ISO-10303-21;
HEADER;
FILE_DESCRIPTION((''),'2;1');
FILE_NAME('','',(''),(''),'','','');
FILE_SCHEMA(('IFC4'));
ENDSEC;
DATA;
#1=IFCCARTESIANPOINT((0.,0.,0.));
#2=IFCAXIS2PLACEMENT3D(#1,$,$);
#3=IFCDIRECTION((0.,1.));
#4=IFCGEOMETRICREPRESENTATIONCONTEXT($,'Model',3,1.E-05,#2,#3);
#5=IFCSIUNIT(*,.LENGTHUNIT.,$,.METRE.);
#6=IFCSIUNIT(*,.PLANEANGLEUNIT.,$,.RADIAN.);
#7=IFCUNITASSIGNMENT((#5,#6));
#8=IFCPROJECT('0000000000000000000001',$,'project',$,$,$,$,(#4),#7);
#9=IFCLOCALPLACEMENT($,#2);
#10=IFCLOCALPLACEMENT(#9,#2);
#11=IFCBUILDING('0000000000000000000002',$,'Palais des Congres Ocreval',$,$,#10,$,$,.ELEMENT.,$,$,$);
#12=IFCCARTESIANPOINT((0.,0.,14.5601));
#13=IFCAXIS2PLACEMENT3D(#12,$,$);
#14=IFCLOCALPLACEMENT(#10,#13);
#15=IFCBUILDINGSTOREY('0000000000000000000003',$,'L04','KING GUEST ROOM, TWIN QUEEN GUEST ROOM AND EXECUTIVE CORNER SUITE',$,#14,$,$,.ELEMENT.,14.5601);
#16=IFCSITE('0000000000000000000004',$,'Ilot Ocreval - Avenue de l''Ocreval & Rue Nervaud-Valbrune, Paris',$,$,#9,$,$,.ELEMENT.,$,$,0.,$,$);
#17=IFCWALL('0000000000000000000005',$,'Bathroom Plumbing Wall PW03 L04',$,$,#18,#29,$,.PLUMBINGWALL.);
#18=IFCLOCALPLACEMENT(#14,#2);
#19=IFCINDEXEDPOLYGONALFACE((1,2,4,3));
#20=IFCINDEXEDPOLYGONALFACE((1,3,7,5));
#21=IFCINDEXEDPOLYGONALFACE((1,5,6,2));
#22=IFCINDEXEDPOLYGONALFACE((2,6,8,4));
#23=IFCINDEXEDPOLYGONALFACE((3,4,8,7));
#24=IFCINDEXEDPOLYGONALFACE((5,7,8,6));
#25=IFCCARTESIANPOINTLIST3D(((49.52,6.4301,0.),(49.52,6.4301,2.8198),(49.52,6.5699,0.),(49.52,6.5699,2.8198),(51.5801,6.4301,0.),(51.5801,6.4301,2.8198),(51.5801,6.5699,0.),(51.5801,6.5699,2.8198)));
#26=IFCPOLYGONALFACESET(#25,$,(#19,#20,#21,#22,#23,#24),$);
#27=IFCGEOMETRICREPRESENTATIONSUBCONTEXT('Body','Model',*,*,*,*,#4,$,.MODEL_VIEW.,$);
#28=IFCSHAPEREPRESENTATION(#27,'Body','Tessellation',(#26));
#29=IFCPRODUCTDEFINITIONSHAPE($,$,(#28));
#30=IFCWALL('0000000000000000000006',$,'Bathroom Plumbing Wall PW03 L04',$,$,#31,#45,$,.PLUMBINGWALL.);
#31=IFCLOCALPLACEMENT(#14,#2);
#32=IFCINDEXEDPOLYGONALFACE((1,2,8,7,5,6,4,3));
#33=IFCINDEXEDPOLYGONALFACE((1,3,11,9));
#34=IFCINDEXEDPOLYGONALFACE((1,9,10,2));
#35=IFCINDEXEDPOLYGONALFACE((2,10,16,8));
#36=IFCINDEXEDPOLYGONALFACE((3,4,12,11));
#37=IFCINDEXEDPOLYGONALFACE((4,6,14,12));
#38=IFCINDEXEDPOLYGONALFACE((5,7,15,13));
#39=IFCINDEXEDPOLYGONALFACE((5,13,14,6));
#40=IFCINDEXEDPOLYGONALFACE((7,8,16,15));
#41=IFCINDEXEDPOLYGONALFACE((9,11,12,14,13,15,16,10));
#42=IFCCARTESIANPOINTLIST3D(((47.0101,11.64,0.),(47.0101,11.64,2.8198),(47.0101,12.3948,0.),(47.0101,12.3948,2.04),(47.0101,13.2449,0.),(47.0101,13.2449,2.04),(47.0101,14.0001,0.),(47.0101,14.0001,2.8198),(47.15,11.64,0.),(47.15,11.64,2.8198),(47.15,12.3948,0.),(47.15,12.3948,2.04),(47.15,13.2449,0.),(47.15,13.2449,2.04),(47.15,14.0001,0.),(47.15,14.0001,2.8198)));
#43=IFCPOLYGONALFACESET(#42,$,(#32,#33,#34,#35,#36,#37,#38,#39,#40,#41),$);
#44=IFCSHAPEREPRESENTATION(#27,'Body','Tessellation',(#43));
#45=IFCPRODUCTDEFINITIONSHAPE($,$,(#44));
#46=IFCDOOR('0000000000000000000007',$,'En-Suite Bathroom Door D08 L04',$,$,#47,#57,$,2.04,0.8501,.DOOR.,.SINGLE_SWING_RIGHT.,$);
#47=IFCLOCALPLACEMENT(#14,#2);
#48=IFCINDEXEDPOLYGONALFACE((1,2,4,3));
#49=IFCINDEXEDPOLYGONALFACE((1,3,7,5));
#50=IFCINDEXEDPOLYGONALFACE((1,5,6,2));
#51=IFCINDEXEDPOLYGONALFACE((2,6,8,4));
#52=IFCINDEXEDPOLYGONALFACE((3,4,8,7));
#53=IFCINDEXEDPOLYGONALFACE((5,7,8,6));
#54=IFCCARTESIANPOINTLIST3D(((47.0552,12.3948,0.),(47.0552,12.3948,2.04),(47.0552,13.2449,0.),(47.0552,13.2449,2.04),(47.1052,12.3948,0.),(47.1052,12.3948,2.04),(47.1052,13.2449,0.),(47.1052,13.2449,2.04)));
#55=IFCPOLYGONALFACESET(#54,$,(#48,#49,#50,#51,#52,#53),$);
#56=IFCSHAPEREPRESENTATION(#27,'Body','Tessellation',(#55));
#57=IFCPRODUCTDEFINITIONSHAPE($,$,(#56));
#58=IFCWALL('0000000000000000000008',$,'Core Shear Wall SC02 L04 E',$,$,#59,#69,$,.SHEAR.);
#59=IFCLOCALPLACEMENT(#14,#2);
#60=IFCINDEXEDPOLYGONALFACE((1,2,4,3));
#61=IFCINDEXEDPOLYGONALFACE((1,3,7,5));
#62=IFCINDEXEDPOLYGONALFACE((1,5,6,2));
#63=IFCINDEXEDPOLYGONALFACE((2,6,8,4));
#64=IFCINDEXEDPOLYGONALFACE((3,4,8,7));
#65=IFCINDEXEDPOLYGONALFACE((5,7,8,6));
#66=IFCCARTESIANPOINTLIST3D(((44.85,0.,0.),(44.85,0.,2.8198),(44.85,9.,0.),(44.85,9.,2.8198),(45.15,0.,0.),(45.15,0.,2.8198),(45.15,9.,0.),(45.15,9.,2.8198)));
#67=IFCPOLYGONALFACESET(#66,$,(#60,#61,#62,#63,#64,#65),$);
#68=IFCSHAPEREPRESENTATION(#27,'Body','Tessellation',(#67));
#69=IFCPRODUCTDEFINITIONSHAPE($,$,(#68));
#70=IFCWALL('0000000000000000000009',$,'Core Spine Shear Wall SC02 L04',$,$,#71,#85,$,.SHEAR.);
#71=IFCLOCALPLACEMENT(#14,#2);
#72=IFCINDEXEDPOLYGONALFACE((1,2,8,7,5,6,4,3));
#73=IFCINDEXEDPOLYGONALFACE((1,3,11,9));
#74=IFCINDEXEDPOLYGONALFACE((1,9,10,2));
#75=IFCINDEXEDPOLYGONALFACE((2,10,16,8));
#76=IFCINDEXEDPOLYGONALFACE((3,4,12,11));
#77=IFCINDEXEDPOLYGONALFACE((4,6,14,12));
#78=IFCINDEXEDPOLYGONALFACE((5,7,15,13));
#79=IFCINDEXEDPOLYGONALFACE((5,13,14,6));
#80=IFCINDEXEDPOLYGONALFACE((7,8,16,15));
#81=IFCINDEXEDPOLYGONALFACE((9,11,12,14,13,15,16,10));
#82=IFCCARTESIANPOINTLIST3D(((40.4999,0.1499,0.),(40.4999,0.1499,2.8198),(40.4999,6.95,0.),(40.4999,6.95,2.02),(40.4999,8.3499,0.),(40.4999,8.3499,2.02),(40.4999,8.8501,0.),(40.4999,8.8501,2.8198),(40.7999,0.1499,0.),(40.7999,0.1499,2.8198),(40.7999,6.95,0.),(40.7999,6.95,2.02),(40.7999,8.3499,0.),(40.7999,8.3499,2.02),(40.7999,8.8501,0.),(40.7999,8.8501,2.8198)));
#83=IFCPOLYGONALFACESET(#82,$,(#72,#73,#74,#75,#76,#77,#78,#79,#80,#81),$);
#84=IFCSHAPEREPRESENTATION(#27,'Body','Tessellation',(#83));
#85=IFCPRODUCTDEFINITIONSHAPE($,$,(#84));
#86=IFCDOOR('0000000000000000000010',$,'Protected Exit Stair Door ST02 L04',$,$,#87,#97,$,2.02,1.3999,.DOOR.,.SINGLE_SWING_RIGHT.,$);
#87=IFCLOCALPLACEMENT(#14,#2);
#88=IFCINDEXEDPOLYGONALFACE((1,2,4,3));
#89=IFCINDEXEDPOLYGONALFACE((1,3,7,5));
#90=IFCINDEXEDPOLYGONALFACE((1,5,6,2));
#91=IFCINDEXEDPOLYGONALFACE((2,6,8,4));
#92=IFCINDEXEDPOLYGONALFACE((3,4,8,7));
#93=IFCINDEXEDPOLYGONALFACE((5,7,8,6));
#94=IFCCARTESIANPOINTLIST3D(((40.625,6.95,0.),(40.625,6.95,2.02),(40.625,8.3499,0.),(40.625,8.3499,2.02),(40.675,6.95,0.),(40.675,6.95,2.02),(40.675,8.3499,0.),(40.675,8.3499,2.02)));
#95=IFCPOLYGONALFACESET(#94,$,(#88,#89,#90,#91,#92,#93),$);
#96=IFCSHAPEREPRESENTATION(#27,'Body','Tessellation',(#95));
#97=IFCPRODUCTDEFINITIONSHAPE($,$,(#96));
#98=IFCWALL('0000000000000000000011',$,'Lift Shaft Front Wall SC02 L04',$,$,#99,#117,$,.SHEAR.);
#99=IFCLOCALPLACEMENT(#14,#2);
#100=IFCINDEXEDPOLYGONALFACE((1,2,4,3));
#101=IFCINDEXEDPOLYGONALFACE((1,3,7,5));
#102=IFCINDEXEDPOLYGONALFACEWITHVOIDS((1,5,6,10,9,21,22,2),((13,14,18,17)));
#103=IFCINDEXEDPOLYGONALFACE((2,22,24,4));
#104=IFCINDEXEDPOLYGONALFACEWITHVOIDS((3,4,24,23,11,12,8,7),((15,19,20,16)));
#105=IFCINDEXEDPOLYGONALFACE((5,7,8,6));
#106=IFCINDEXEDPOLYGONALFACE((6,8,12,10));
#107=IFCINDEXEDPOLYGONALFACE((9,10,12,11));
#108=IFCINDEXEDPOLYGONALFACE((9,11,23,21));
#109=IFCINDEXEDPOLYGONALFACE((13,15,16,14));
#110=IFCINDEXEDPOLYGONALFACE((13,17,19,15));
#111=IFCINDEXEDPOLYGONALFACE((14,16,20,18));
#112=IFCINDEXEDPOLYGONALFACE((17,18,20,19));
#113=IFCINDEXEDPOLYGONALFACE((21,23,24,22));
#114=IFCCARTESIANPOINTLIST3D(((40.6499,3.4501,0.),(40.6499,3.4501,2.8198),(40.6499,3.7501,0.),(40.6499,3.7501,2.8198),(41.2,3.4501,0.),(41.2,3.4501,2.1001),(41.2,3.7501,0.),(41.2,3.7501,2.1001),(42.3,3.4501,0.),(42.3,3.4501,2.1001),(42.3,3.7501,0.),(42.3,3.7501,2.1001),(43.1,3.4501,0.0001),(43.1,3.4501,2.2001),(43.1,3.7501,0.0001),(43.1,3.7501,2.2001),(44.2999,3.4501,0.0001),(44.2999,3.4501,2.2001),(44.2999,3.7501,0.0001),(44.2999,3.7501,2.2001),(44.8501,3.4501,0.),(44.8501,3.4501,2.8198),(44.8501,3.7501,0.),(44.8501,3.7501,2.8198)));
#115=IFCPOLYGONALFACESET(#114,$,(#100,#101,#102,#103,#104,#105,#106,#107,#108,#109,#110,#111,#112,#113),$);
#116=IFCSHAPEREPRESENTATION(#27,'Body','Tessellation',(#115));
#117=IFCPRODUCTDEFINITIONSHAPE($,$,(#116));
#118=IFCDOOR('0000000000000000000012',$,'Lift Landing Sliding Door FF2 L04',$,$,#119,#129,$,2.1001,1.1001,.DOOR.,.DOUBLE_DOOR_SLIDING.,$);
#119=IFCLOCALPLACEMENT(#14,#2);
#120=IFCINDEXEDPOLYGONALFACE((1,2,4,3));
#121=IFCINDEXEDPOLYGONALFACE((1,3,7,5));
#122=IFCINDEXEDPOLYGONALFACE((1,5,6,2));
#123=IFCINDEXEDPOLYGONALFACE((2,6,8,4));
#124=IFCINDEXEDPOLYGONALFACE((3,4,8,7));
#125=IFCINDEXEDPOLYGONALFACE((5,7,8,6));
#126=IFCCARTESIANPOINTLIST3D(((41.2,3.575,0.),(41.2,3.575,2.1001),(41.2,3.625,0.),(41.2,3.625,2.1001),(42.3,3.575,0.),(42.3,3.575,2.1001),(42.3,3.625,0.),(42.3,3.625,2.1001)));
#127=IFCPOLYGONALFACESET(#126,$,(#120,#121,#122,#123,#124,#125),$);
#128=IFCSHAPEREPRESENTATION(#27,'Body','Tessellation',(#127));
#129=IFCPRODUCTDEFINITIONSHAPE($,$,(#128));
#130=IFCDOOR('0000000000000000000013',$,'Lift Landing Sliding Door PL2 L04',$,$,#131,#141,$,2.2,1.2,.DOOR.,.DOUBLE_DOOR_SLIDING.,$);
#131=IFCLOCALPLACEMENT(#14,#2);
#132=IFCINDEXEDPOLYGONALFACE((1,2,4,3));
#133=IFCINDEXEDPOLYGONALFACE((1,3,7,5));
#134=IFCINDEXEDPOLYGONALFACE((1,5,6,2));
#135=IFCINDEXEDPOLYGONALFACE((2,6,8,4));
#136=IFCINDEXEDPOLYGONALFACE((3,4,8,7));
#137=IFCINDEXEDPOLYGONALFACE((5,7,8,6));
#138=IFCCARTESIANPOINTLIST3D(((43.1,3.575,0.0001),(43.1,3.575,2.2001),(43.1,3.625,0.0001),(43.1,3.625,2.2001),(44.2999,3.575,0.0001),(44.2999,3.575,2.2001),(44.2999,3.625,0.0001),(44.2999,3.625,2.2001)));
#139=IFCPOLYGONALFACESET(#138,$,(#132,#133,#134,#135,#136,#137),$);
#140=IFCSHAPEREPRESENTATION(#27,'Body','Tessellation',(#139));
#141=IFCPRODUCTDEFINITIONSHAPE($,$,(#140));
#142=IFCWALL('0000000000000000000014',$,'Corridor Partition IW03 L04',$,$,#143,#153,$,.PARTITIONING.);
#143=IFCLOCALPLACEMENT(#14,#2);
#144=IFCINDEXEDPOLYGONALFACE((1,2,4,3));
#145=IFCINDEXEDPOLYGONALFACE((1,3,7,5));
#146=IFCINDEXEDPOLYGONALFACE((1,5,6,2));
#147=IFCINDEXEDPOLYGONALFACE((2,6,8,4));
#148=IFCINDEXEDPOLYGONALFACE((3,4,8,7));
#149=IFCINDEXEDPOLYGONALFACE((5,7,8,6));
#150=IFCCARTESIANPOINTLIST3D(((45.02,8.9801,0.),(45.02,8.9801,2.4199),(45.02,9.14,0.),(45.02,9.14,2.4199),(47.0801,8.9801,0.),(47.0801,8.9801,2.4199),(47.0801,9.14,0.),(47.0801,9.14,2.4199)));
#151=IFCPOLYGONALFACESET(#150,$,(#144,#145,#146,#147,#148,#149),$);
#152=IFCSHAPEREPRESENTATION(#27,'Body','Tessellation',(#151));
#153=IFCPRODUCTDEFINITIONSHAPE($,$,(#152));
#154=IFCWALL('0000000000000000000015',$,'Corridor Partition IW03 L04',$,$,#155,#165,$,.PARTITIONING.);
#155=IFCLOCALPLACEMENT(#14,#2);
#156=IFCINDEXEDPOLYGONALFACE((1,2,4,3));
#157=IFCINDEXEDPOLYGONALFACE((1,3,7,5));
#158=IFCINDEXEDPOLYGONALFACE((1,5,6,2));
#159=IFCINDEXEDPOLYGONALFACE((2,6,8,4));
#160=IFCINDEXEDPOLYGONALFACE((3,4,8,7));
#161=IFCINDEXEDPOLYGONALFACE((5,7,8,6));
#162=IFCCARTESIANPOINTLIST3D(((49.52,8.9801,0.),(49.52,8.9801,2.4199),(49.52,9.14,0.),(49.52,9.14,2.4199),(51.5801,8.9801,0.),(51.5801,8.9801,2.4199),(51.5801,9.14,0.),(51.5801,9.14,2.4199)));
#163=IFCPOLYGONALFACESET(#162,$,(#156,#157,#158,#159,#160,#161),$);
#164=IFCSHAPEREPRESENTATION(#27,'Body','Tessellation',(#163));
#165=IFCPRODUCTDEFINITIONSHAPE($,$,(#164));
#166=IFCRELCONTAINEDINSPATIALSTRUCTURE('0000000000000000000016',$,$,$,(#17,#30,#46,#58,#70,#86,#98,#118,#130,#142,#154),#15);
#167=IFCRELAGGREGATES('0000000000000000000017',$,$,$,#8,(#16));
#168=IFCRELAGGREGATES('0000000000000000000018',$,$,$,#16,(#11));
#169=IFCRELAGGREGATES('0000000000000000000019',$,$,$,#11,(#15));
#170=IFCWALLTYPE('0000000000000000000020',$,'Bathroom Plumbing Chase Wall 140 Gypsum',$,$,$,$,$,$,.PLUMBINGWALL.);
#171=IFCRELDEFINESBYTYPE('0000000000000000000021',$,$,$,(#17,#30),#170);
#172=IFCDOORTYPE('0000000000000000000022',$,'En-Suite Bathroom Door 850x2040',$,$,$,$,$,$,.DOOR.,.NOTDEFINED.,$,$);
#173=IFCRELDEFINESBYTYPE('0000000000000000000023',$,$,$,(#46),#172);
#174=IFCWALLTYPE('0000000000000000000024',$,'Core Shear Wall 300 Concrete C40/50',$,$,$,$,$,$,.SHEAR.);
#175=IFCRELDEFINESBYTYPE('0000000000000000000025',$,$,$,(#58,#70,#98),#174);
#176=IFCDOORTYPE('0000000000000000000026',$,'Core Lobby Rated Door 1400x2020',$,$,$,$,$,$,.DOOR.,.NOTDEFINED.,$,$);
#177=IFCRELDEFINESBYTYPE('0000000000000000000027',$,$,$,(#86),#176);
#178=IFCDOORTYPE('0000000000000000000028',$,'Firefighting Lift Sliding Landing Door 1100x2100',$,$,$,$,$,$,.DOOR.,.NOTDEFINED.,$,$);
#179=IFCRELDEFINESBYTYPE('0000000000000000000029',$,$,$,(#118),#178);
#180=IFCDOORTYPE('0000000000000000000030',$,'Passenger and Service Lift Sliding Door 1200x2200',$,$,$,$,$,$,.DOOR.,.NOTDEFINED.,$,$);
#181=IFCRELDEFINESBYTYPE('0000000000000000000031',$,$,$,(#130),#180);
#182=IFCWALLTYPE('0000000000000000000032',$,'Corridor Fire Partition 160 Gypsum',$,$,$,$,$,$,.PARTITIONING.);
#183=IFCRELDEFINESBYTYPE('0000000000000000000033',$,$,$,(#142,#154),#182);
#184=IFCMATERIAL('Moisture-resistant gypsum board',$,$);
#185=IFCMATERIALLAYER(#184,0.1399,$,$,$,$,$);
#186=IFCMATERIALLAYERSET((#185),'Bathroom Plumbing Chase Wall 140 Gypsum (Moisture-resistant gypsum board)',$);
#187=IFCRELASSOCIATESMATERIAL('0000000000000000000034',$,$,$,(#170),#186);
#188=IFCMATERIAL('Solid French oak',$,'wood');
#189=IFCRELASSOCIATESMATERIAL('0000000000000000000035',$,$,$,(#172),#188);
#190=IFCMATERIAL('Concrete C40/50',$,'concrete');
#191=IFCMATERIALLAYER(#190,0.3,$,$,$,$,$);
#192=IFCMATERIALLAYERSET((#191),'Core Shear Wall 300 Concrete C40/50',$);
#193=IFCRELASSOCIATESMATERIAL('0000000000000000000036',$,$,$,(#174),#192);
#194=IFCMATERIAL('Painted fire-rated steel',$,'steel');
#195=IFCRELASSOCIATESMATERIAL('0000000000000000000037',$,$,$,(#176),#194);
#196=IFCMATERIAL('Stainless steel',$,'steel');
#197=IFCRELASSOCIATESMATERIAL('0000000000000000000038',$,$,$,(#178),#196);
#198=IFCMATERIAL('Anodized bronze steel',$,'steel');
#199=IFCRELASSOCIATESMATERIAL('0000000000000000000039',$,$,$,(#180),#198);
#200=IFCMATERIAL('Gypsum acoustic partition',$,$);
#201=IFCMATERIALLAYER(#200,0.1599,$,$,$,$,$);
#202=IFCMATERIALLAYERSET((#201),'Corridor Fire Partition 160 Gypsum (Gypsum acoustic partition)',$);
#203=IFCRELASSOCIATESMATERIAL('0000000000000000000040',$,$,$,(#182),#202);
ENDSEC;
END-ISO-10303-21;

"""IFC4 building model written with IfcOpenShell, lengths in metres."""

from ifc_helpers import new_model, si_unit, direction, frame, frame_2d, origin, place, context, subcontext, project, spatial, rectangle, extrude, material, layer, layer_set, type_object, element, fill, save


model = new_model("IFC4")

# Units and contexts
model_context = context("Model", 3, precision=1e-05, world=origin(), true_north=direction((0.0, 1.0)))
body_context = subcontext(model_context, "Body", "Model", "MODEL_VIEW")
ifc_project = project(units=[si_unit("LENGTHUNIT", "METRE"), si_unit("PLANEANGLEUNIT", "RADIAN")], contexts=[model_context])

# Site, building, storey
site_placement = place(None, origin())
site = spatial("IfcSite", under=ifc_project, at=site_placement, Name="Ilot Ocreval - Avenue de l'Ocreval & Rue Nervaud-Valbrune, Paris", CompositionType="ELEMENT", RefElevation=0.0)
building_placement = place(site_placement, origin())
building = spatial("IfcBuilding", under=site, at=building_placement, Name="Palais des Congres Ocreval", CompositionType="ELEMENT")
storey_placement = place(building_placement, frame((0.0, 0.0, 14.5601)))
storey = spatial("IfcBuildingStorey", under=building, at=storey_placement, Name="L04", Description="KING GUEST ROOM, TWIN QUEEN GUEST ROOM AND EXECUTIVE CORNER SUITE", CompositionType="ELEMENT", Elevation=14.5601)

# Shared definitions
ifc_material_1 = material(Name="Concrete C40/50", Category="concrete")

# Shared definitions
ifc_material_2 = material(Name="Moisture-resistant gypsum board")
ifc_layer_1 = layer(ifc_material_2, 0.1399)
ifc_layer_set_1 = layer_set([ifc_layer_1], Name="Bathroom Plumbing Chase Wall 140 Gypsum (Moisture-resistant gypsum board)")
wall_type_1 = type_object("IfcWallType", Name="Bathroom Plumbing Chase Wall 140 Gypsum", PredefinedType="PLUMBINGWALL", material=ifc_layer_set_1)
ifc_material_3 = material(Name="Solid French oak", Category="wood")
door_type_1 = type_object("IfcDoorType", Name="En-Suite Bathroom Door 850x2040", OperationType="NOTDEFINED", PredefinedType="DOOR", material=ifc_material_3)

# Wall
for number, where, z_axis, x_axis, name in (
    (1, (49.52, 6.5, 0.0), (0.0, 0.0, 1.0), (1.0, 0.0, 0.0), "Bathroom Plumbing Wall PW03 L04"),
):
    element("IfcWall", number, at=place(storey_placement, frame(where, z_axis=z_axis, x_axis=x_axis)), inside=storey, type_object=wall_type_1, Name=name, PredefinedType="PLUMBINGWALL", context=body_context, shape_type="SweptSolid", body=[
        extrude(rectangle(XDim=2.0601, YDim=0.1399, at=frame_2d((1.03, 0.0))), origin(), (0.0, 0.0, 1.0), 2.8198),
    ])

# Wall, opening, door
wall_1_placement = place(storey_placement, frame((47.0801, 11.6399, 0.0), z_axis=(0.0, 0.0, 1.0), x_axis=(0.0, 1.0, 0.0)))
wall_1 = element("IfcWall", 2, at=wall_1_placement, inside=storey, type_object=wall_type_1, Name="Bathroom Plumbing Wall PW03 L04", PredefinedType="PLUMBINGWALL", context=body_context, shape_type="SweptSolid", body=[
    extrude(rectangle(XDim=2.3601, YDim=0.1399, at=frame_2d((1.1802, 0.0))), origin(), (0.0, 0.0, 1.0), 2.8198),
])
opening_1_placement = place(wall_1_placement, frame((0.7549, 0.0, 0.0)))
opening_1 = element("IfcOpeningElement", 3, at=opening_1_placement, cuts=wall_1, PredefinedType="OPENING", context=body_context, shape_type="SweptSolid", body=[
    extrude(rectangle(XDim=0.8501, YDim=2.04, at=frame_2d((0.425, 1.02))), frame((0.0, 0.0798, 0.0), z_axis=(0.0, -1.0, 0.0), x_axis=(1.0, 0.0, 0.0)), (0.0, 0.0, 1.0), 0.1599),
])
door_1_placement = place(opening_1_placement, origin())
door_1 = element("IfcDoor", 4, at=door_1_placement, inside=storey, type_object=door_type_1, Name="En-Suite Bathroom Door D08 L04", OperationType="SINGLE_SWING_RIGHT", OverallHeight=2.04, OverallWidth=0.8501, PredefinedType="DOOR", context=body_context, shape_type="SweptSolid", body=[
    extrude(rectangle(XDim=0.8501, YDim=2.04, at=frame_2d((0.425, 1.02))), frame((0.0, 0.0249, 0.0), z_axis=(0.0, -1.0, 0.0), x_axis=(1.0, 0.0, 0.0)), (0.0, 0.0, 1.0), 0.05),
])
fill(opening_1, door_1)

# Wall
ifc_layer_2 = layer(ifc_material_1, 0.3)
ifc_layer_set_2 = layer_set([ifc_layer_2], Name="Core Shear Wall 300 Concrete C40/50")
wall_type_2 = type_object("IfcWallType", Name="Core Shear Wall 300 Concrete C40/50", PredefinedType="SHEAR", material=ifc_layer_set_2)
wall_2_placement = place(storey_placement, frame((45.0, 0.0, 0.0), z_axis=(0.0, 0.0, 1.0), x_axis=(0.0, 1.0, 0.0)))
element("IfcWall", 5, at=wall_2_placement, inside=storey, type_object=wall_type_2, Name="Core Shear Wall SC02 L04 E", PredefinedType="SHEAR", context=body_context, shape_type="SweptSolid", body=[
    extrude(rectangle(XDim=9.0, YDim=0.3, at=frame_2d((4.5, 0.0))), origin(), (0.0, 0.0, 1.0), 2.8198),
])

# Wall, opening, door
wall_3_placement = place(storey_placement, frame((40.6499, 0.1499, 0.0), z_axis=(0.0, 0.0, 1.0), x_axis=(0.0, 1.0, 0.0)))
wall_3 = element("IfcWall", 6, at=wall_3_placement, inside=storey, type_object=wall_type_2, Name="Core Spine Shear Wall SC02 L04", PredefinedType="SHEAR", context=body_context, shape_type="SweptSolid", body=[
    extrude(rectangle(XDim=8.7002, YDim=0.3, at=frame_2d((4.3501, 0.0))), origin(), (0.0, 0.0, 1.0), 2.8198),
])
opening_2_placement = place(wall_3_placement, frame((6.8, 0.0, 0.0)))
opening_2 = element("IfcOpeningElement", 7, at=opening_2_placement, cuts=wall_3, PredefinedType="OPENING", context=body_context, shape_type="SweptSolid", body=[
    extrude(rectangle(XDim=1.3999, YDim=2.02, at=frame_2d((0.7, 1.01))), frame((0.0, 0.1599, 0.0), z_axis=(0.0, -1.0, 0.0), x_axis=(1.0, 0.0, 0.0)), (0.0, 0.0, 1.0), 0.3201),
])
ifc_material_4 = material(Name="Painted fire-rated steel", Category="steel")
door_type_2 = type_object("IfcDoorType", Name="Core Lobby Rated Door 1400x2020", OperationType="NOTDEFINED", PredefinedType="DOOR", material=ifc_material_4)
door_2_placement = place(opening_2_placement, origin())
door_2 = element("IfcDoor", 8, at=door_2_placement, inside=storey, type_object=door_type_2, Name="Protected Exit Stair Door ST02 L04", OperationType="SINGLE_SWING_RIGHT", OverallHeight=2.02, OverallWidth=1.3999, PredefinedType="DOOR", context=body_context, shape_type="SweptSolid", body=[
    extrude(rectangle(XDim=1.3999, YDim=2.02, at=frame_2d((0.7, 1.01))), frame((0.0, 0.0249, 0.0), z_axis=(0.0, -1.0, 0.0), x_axis=(1.0, 0.0, 0.0)), (0.0, 0.0, 1.0), 0.05),
])
fill(opening_2, door_2)

# Wall, openings, doors
wall_4_placement = place(storey_placement, frame((40.6499, 3.6001, 0.0), z_axis=(0.0, 0.0, 1.0), x_axis=(1.0, 0.0, 0.0)))
wall_4 = element("IfcWall", 9, at=wall_4_placement, inside=storey, type_object=wall_type_2, Name="Lift Shaft Front Wall SC02 L04", PredefinedType="SHEAR", context=body_context, shape_type="SweptSolid", body=[
    extrude(rectangle(XDim=4.2002, YDim=0.3, at=frame_2d((2.1001, 0.0))), origin(), (0.0, 0.0, 1.0), 2.8198),
])
opening_3_placement = place(wall_4_placement, frame((0.55, 0.0, 0.0)))
opening_3 = element("IfcOpeningElement", 10, at=opening_3_placement, cuts=wall_4, PredefinedType="OPENING", context=body_context, shape_type="SweptSolid", body=[
    extrude(rectangle(XDim=1.1001, YDim=2.1001, at=frame_2d((0.55, 1.05))), frame((0.0, 0.1599, 0.0), z_axis=(0.0, -1.0, 0.0), x_axis=(1.0, 0.0, 0.0)), (0.0, 0.0, 1.0), 0.3201),
])
opening_4_placement = place(wall_4_placement, frame((2.45, 0.0, 0.0)))
opening_4 = element("IfcOpeningElement", 11, at=opening_4_placement, cuts=wall_4, PredefinedType="OPENING", context=body_context, shape_type="SweptSolid", body=[
    extrude(rectangle(XDim=1.2, YDim=2.2, at=frame_2d((0.6001, 1.1001))), frame((0.0, 0.1599, 0.0), z_axis=(0.0, -1.0, 0.0), x_axis=(1.0, 0.0, 0.0)), (0.0, 0.0, 1.0), 0.3201),
])
ifc_material_5 = material(Name="Stainless steel", Category="steel")
door_type_3 = type_object("IfcDoorType", Name="Firefighting Lift Sliding Landing Door 1100x2100", OperationType="NOTDEFINED", PredefinedType="DOOR", material=ifc_material_5)
door_3_placement = place(opening_3_placement, origin())
door_3 = element("IfcDoor", 12, at=door_3_placement, inside=storey, type_object=door_type_3, Name="Lift Landing Sliding Door FF2 L04", OperationType="DOUBLE_DOOR_SLIDING", OverallHeight=2.1001, OverallWidth=1.1001, PredefinedType="DOOR", context=body_context, shape_type="SweptSolid", body=[
    extrude(rectangle(XDim=1.1001, YDim=2.1001, at=frame_2d((0.55, 1.05))), frame((0.0, 0.0249, 0.0), z_axis=(0.0, -1.0, 0.0), x_axis=(1.0, 0.0, 0.0)), (0.0, 0.0, 1.0), 0.05),
])
fill(opening_3, door_3)
ifc_material_6 = material(Name="Anodized bronze steel", Category="steel")
door_type_4 = type_object("IfcDoorType", Name="Passenger and Service Lift Sliding Door 1200x2200", OperationType="NOTDEFINED", PredefinedType="DOOR", material=ifc_material_6)
door_4_placement = place(opening_4_placement, origin())
door_4 = element("IfcDoor", 13, at=door_4_placement, inside=storey, type_object=door_type_4, Name="Lift Landing Sliding Door PL2 L04", OperationType="DOUBLE_DOOR_SLIDING", OverallHeight=2.2, OverallWidth=1.2, PredefinedType="DOOR", context=body_context, shape_type="SweptSolid", body=[
    extrude(rectangle(XDim=1.2, YDim=2.2, at=frame_2d((0.6001, 1.1001))), frame((0.0, 0.0249, 0.0), z_axis=(0.0, -1.0, 0.0), x_axis=(1.0, 0.0, 0.0)), (0.0, 0.0, 1.0), 0.05),
])
fill(opening_4, door_4)

# Walls
ifc_material_7 = material(Name="Gypsum acoustic partition")
ifc_layer_3 = layer(ifc_material_7, 0.1599)
ifc_layer_set_3 = layer_set([ifc_layer_3], Name="Corridor Fire Partition 160 Gypsum (Gypsum acoustic partition)")
wall_type_3 = type_object("IfcWallType", Name="Corridor Fire Partition 160 Gypsum", PredefinedType="PARTITIONING", material=ifc_layer_set_3)
for number, where, z_axis, x_axis, name in (
    (14, (45.02, 9.0601, 0.0), (0.0, 0.0, 1.0), (1.0, 0.0, 0.0), "Corridor Partition IW03 L04"),
    (15, (49.52, 9.0601, 0.0), (0.0, 0.0, 1.0), (1.0, 0.0, 0.0), "Corridor Partition IW03 L04"),
):
    element("IfcWall", number, at=place(storey_placement, frame(where, z_axis=z_axis, x_axis=x_axis)), inside=storey, type_object=wall_type_3, Name=name, PredefinedType="PARTITIONING", context=body_context, shape_type="SweptSolid", body=[
        extrude(rectangle(XDim=2.0601, YDim=0.1599, at=frame_2d((1.03, 0.0))), origin(), (0.0, 0.0, 1.0), 2.4199),
    ])

save(model, "model.ifc")
